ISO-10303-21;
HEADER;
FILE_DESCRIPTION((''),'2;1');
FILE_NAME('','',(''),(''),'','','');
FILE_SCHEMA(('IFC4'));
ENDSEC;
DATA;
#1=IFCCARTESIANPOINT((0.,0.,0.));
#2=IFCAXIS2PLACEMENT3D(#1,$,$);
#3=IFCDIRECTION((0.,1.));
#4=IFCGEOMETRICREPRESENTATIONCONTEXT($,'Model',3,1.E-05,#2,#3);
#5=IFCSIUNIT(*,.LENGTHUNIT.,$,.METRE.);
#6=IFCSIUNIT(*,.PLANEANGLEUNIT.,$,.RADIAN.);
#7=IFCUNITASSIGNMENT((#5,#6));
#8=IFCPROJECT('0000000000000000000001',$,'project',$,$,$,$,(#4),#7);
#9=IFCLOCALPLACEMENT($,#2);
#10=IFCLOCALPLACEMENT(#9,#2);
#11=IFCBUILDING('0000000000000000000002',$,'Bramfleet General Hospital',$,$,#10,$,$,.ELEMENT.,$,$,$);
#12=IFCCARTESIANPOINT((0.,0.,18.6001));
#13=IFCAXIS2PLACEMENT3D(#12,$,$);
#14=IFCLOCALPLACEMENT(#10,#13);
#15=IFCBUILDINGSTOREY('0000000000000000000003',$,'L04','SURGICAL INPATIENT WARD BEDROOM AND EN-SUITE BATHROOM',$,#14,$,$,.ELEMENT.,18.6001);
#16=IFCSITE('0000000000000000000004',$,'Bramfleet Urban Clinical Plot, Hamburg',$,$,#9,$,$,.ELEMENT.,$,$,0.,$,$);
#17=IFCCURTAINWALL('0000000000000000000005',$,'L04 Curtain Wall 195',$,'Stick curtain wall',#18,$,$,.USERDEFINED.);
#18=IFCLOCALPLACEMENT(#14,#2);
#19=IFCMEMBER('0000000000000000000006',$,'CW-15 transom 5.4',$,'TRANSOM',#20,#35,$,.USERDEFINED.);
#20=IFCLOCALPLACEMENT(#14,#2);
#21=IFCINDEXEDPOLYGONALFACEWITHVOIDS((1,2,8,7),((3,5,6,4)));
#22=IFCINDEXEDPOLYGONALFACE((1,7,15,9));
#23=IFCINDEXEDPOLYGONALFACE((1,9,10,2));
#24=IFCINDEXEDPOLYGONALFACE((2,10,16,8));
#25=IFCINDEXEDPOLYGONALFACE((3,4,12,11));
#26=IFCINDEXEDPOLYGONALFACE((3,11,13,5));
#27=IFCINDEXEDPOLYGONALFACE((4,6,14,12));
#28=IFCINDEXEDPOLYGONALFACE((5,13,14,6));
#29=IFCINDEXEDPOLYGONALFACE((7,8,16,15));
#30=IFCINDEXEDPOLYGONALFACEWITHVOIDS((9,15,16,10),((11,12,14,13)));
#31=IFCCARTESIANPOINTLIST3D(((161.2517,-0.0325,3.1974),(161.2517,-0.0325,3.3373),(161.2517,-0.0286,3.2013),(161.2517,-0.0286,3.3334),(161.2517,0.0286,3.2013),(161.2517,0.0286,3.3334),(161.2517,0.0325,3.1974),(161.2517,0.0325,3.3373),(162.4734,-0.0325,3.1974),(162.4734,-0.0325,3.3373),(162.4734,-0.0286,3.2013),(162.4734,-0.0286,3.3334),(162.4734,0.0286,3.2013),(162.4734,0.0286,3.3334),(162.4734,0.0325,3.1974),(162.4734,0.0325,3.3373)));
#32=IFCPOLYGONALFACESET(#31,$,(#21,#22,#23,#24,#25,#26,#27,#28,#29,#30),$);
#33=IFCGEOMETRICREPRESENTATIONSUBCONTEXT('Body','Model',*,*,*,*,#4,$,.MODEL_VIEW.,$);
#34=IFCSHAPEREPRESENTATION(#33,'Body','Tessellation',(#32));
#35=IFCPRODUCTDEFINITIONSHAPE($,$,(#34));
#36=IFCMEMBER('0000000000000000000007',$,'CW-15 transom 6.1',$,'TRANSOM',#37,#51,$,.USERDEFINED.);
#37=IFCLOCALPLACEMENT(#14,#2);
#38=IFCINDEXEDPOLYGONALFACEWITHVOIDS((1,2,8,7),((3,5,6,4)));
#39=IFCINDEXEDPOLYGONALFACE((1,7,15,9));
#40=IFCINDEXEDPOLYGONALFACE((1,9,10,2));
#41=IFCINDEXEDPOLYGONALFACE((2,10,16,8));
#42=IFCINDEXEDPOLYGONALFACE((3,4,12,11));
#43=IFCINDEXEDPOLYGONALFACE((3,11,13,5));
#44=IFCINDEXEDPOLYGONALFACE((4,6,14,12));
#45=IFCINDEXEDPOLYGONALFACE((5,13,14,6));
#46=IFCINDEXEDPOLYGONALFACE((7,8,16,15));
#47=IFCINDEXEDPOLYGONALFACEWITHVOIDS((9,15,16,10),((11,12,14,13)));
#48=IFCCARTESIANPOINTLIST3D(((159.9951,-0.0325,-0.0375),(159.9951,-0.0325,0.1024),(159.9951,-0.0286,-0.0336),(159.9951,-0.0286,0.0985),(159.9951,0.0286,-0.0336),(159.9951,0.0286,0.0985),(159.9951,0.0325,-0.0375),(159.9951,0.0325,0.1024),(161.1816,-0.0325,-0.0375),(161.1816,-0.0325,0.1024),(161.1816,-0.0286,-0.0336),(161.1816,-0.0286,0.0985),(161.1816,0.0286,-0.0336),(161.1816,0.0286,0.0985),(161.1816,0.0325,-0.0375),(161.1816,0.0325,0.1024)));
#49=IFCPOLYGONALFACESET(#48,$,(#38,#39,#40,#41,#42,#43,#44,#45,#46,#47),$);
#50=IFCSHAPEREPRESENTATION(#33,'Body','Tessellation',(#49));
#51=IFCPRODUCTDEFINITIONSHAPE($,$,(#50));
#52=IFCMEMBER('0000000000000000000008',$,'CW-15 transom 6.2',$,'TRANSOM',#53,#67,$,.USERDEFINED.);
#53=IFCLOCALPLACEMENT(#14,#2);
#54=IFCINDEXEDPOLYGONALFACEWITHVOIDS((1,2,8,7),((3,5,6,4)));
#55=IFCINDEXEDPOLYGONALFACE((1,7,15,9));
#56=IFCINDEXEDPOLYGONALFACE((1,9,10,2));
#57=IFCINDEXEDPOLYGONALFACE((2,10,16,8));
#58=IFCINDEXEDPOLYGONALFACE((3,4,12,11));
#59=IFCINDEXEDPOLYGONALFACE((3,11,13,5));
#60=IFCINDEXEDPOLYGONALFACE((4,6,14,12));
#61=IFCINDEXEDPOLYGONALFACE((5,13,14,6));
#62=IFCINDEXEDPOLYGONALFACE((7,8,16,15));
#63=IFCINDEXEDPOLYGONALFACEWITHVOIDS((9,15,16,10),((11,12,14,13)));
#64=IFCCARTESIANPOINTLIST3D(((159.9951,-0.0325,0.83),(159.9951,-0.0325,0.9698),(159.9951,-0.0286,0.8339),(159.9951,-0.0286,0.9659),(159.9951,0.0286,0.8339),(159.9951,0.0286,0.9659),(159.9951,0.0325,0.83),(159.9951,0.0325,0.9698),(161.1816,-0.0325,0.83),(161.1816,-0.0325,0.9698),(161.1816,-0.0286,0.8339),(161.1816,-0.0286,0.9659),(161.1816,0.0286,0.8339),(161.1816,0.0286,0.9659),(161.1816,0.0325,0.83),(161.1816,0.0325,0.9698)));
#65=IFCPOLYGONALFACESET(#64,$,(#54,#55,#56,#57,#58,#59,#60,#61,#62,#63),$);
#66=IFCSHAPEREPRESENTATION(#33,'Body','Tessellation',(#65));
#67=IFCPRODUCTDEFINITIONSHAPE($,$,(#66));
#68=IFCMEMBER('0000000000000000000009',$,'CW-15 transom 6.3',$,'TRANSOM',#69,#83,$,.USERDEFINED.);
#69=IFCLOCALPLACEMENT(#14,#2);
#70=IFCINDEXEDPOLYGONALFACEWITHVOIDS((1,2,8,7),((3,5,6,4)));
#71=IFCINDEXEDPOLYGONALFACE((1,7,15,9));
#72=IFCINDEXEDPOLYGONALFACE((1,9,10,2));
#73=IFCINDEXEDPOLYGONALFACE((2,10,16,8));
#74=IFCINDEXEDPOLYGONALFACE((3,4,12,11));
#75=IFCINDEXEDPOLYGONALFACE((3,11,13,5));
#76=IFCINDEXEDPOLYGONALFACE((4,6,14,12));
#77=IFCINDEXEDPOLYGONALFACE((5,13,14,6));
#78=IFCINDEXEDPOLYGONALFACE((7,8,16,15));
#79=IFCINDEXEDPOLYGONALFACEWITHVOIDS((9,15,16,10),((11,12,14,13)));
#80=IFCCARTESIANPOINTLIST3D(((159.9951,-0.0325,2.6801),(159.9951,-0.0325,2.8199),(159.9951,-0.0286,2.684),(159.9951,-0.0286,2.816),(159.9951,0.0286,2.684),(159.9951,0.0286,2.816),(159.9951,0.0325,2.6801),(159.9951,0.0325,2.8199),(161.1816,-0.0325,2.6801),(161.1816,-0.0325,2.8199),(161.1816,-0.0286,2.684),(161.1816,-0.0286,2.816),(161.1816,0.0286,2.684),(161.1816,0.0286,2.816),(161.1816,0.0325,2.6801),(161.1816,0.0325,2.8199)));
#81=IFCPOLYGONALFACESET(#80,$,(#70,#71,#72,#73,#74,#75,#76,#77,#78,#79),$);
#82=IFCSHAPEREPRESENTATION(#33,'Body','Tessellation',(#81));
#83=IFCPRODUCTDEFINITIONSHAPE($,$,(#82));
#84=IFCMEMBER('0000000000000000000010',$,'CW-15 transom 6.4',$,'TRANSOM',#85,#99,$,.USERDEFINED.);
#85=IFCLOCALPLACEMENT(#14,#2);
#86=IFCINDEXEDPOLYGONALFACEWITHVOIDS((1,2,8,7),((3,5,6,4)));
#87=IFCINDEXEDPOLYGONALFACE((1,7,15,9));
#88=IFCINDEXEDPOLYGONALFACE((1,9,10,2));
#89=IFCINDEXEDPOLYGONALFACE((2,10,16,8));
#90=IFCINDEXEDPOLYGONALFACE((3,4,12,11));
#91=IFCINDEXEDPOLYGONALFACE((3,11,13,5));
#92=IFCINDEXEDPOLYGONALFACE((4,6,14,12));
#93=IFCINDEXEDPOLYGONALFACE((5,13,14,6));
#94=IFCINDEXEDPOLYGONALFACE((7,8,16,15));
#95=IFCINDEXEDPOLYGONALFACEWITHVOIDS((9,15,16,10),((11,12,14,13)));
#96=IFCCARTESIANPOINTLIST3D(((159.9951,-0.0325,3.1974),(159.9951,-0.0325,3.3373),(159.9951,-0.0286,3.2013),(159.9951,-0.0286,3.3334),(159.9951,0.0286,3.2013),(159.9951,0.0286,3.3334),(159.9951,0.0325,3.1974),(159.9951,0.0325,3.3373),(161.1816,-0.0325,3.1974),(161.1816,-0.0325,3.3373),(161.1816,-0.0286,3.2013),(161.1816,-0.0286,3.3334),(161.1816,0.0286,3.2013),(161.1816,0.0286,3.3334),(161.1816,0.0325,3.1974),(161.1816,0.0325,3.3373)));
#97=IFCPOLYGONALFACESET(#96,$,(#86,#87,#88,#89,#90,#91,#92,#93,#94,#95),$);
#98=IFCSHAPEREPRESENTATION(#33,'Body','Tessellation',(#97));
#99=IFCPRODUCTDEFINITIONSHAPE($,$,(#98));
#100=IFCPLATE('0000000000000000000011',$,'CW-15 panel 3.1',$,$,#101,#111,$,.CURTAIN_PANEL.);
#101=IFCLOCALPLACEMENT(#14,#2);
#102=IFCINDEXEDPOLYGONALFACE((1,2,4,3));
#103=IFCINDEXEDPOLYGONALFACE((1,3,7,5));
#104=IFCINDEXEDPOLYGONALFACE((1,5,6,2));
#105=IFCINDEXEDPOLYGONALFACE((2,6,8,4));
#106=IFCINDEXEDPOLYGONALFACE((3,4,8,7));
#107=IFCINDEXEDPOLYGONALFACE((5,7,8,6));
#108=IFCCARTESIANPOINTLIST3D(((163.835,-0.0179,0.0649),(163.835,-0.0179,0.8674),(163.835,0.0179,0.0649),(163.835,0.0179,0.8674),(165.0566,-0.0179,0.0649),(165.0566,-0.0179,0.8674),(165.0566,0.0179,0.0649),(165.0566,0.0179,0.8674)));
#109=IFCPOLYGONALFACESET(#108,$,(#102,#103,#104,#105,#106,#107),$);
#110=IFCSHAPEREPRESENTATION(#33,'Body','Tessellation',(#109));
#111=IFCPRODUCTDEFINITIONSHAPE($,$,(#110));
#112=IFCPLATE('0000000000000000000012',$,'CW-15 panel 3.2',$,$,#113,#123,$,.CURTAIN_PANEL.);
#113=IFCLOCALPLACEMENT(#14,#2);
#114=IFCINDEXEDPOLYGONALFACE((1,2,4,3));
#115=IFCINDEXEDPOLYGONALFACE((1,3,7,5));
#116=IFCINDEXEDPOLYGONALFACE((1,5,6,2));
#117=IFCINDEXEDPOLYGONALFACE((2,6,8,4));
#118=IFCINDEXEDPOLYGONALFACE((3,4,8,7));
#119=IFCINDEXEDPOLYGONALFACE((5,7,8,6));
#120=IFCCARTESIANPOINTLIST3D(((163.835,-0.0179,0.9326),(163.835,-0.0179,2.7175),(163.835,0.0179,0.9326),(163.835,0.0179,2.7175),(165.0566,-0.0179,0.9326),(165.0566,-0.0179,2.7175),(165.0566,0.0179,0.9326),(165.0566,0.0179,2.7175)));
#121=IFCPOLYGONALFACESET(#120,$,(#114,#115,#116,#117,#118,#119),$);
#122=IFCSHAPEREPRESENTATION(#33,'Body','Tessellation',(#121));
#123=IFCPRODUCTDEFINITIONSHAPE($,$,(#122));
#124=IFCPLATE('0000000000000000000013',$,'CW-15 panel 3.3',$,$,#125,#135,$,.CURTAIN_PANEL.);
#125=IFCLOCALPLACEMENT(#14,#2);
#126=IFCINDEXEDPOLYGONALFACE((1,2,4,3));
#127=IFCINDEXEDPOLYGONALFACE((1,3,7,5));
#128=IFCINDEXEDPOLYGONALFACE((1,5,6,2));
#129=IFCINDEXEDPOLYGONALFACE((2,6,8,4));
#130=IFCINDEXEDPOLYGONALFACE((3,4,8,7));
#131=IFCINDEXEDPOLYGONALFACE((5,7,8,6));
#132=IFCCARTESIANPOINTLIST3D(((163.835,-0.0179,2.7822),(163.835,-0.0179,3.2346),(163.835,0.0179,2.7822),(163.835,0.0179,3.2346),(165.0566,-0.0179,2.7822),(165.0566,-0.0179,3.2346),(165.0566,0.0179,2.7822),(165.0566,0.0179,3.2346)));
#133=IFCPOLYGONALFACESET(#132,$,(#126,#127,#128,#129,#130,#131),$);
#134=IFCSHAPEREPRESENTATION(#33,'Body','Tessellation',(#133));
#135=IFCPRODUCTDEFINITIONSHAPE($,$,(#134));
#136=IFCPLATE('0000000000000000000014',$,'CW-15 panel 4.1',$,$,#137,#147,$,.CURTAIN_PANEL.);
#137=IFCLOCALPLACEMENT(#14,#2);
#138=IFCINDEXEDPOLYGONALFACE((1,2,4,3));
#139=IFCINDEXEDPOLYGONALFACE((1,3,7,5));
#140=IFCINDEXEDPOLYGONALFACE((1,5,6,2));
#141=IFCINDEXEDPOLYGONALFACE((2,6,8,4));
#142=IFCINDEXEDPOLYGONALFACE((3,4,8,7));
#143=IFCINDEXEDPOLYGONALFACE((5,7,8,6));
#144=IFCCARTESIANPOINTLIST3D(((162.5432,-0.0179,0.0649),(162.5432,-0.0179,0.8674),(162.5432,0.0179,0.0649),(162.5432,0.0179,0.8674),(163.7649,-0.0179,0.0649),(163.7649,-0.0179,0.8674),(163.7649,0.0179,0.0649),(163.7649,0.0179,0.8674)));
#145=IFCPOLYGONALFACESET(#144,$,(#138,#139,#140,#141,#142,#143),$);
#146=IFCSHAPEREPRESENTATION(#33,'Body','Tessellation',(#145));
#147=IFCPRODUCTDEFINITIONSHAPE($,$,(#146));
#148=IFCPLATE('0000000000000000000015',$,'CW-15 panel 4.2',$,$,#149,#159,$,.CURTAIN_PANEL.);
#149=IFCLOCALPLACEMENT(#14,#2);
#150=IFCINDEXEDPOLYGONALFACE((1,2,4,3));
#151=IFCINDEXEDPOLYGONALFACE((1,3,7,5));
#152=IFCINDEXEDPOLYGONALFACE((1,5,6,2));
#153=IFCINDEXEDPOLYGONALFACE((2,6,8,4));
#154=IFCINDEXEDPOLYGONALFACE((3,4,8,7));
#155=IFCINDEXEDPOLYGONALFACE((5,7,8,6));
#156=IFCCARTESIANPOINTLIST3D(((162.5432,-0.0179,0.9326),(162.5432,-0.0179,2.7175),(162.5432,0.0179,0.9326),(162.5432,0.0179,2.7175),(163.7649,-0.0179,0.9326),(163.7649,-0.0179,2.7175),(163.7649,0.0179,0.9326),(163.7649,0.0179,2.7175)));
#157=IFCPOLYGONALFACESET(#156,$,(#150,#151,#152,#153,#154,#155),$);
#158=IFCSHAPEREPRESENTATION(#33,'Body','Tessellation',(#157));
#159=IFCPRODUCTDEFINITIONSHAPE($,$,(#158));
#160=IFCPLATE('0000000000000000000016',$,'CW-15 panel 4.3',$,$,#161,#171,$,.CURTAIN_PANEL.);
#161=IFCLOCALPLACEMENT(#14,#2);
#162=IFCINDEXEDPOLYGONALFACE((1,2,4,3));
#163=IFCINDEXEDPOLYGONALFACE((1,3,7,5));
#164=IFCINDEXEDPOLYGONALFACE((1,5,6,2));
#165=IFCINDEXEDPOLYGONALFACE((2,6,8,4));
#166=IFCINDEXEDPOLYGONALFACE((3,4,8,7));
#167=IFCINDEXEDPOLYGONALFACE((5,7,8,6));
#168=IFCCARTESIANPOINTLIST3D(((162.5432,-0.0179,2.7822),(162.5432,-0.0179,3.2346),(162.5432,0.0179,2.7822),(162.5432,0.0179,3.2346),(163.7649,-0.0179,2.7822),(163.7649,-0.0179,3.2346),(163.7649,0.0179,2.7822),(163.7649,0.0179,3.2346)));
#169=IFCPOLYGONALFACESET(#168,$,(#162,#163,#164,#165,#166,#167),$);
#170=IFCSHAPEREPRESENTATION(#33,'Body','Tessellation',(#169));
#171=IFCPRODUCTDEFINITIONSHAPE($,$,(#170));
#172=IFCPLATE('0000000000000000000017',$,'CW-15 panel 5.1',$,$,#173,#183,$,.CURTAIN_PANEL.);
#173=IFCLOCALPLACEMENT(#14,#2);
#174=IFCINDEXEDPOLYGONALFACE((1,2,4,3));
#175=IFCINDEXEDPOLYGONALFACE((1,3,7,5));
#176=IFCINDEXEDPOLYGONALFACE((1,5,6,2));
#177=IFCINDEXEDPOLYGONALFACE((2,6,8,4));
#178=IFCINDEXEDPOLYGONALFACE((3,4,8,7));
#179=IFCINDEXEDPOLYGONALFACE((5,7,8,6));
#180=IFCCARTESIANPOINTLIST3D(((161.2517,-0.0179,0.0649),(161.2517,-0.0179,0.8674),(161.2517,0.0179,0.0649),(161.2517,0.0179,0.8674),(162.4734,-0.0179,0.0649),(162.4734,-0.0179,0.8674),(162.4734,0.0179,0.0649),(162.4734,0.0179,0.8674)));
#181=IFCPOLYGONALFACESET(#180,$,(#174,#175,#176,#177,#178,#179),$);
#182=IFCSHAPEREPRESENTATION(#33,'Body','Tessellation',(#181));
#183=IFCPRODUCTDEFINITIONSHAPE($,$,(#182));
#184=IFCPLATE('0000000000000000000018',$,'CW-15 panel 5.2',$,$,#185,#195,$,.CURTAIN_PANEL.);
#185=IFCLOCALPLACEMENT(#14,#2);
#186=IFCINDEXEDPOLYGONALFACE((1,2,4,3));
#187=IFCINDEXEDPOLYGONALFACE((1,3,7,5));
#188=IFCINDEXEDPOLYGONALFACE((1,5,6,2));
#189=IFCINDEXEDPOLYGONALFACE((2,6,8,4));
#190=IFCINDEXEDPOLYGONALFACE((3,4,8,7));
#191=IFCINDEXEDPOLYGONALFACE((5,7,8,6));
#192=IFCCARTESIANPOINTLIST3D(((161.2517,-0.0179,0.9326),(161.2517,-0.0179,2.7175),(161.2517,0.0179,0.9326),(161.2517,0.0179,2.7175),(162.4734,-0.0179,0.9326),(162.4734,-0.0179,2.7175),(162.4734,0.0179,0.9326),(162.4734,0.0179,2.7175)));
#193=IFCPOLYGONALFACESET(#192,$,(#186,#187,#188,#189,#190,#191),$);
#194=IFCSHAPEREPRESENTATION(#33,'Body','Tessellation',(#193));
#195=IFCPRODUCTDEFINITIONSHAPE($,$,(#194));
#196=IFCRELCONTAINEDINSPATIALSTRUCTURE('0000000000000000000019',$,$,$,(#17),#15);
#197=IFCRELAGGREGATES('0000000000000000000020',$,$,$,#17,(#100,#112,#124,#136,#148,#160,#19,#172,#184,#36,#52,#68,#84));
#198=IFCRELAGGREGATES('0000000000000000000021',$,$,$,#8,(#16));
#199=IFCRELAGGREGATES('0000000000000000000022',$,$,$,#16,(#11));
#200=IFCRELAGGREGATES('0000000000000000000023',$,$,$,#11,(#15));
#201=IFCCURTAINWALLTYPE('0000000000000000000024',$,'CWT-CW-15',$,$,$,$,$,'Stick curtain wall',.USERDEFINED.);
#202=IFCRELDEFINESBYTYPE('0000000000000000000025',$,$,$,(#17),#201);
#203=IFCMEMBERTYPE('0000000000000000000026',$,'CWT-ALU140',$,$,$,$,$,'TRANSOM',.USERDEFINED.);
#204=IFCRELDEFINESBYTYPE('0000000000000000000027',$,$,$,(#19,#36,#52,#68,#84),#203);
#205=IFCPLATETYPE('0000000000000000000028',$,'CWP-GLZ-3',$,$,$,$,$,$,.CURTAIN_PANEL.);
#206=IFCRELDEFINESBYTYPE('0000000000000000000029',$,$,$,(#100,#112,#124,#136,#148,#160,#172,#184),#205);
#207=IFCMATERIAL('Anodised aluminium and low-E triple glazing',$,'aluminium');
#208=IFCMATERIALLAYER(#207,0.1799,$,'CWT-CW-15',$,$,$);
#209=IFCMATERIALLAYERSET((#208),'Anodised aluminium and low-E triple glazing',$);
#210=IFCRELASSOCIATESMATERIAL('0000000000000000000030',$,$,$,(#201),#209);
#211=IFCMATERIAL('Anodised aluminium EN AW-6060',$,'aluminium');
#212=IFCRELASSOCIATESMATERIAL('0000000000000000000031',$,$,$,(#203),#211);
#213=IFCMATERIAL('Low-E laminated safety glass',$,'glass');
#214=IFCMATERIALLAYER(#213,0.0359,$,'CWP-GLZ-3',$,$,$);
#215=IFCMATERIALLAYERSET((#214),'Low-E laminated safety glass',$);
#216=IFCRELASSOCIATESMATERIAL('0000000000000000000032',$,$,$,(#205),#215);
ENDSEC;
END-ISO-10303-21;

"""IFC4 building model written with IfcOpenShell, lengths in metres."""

from ifc_helpers import new_model, si_unit, direction, frame, origin, origin_2d, place, context, subcontext, project, spatial, rectangle, hollow_rectangle, extrude, material, layer, layer_set, material_profile, profile_set, type_object, element, aggregate, save


model = new_model("IFC4")

# Units and contexts
model_context = context("Model", 3, precision=1e-05, world=origin(), true_north=direction((0.0, 1.0)))
body_context = subcontext(model_context, "Body", "Model", "MODEL_VIEW")
ifc_project = project(units=[si_unit("LENGTHUNIT", "METRE"), si_unit("PLANEANGLEUNIT", "RADIAN")], contexts=[model_context])

# Site, building, storey
site_placement = place(None, origin())
site = spatial("IfcSite", under=ifc_project, at=site_placement, Name="Bramfleet Urban Clinical Plot, Hamburg", CompositionType="ELEMENT", RefElevation=0.0)
building_placement = place(site_placement, origin())
building = spatial("IfcBuilding", under=site, at=building_placement, Name="Bramfleet General Hospital", CompositionType="ELEMENT")
storey_placement = place(building_placement, frame((0.0, 0.0, 18.6001)))
storey = spatial("IfcBuildingStorey", under=building, at=storey_placement, Name="L04", Description="SURGICAL INPATIENT WARD BEDROOM AND EN-SUITE BATHROOM", CompositionType="ELEMENT", Elevation=18.6001)

# Curtain wall, members, plates
ifc_material_1 = material(Name="Anodised aluminium and low-E triple glazing", Category="aluminium")
ifc_layer_1 = layer(ifc_material_1, 0.1799, Name="CWT-CW-15")
ifc_layer_set_1 = layer_set([ifc_layer_1], Name="Anodised aluminium and low-E triple glazing")
curtain_wall_type = type_object("IfcCurtainWallType", Name="CWT-CW-15", ElementType="Stick curtain wall", PredefinedType="USERDEFINED", material=ifc_layer_set_1)
curtain_wall_placement = place(storey_placement, origin())
curtain_wall = element("IfcCurtainWall", 1, at=curtain_wall_placement, inside=storey, type_object=curtain_wall_type, Name="L04 Curtain Wall 195", ObjectType="Stick curtain wall", PredefinedType="USERDEFINED")
ifc_material_2 = material(Name="Anodised aluminium EN AW-6060", Category="aluminium")
ifc_material_profile_1 = material_profile(ifc_material_2, hollow_rectangle(XDim=0.0649, YDim=0.1399, WallThickness=0.0039, at=origin_2d()), Name="ALU 140x65x4.0")
ifc_profile_set_1 = profile_set([ifc_material_profile_1], Name="Anodised aluminium EN AW-6060")
member_type_1 = type_object("IfcMemberType", Name="CWT-ALU140", ElementType="TRANSOM", PredefinedType="USERDEFINED", material=ifc_profile_set_1)
member_1_placement = place(storey_placement, frame((162.4734, 0.0, 3.2673), z_axis=(-1.0, 0.0, 0.0), x_axis=(0.0, -1.0, 0.0)))
member_1 = element("IfcMember", 2, at=member_1_placement, type_object=member_type_1, Name="CW-15 transom 5.4", ObjectType="TRANSOM", PredefinedType="USERDEFINED", context=body_context, shape_type="SweptSolid", body=[
    extrude(hollow_rectangle(XDim=0.0649, YDim=0.1399, WallThickness=0.0039, at=origin_2d()), origin(), (0.0, 0.0, 1.0), 1.2217),
])
member_2_placement = place(storey_placement, frame((161.1816, 0.0, 0.0325), z_axis=(-1.0, 0.0, 0.0), x_axis=(0.0, -1.0, 0.0)))
member_2 = element("IfcMember", 3, at=member_2_placement, type_object=member_type_1, Name="CW-15 transom 6.1", ObjectType="TRANSOM", PredefinedType="USERDEFINED", context=body_context, shape_type="SweptSolid", body=[
    extrude(hollow_rectangle(XDim=0.0649, YDim=0.1399, WallThickness=0.0039, at=origin_2d()), origin(), (0.0, 0.0, 1.0), 1.1865),
])
member_3_placement = place(storey_placement, frame((161.1816, 0.0, 0.8999), z_axis=(-1.0, 0.0, 0.0), x_axis=(0.0, -1.0, 0.0)))
member_3 = element("IfcMember", 4, at=member_3_placement, type_object=member_type_1, Name="CW-15 transom 6.2", ObjectType="TRANSOM", PredefinedType="USERDEFINED", context=body_context, shape_type="SweptSolid", body=[
    extrude(hollow_rectangle(XDim=0.0649, YDim=0.1399, WallThickness=0.0039, at=origin_2d()), origin(), (0.0, 0.0, 1.0), 1.1865),
])
member_4_placement = place(storey_placement, frame((161.1816, 0.0, 2.75), z_axis=(-1.0, 0.0, 0.0), x_axis=(0.0, -1.0, 0.0)))
member_4 = element("IfcMember", 5, at=member_4_placement, type_object=member_type_1, Name="CW-15 transom 6.3", ObjectType="TRANSOM", PredefinedType="USERDEFINED", context=body_context, shape_type="SweptSolid", body=[
    extrude(hollow_rectangle(XDim=0.0649, YDim=0.1399, WallThickness=0.0039, at=origin_2d()), origin(), (0.0, 0.0, 1.0), 1.1865),
])
member_5_placement = place(storey_placement, frame((161.1816, 0.0, 3.2673), z_axis=(-1.0, 0.0, 0.0), x_axis=(0.0, -1.0, 0.0)))
member_5 = element("IfcMember", 6, at=member_5_placement, type_object=member_type_1, Name="CW-15 transom 6.4", ObjectType="TRANSOM", PredefinedType="USERDEFINED", context=body_context, shape_type="SweptSolid", body=[
    extrude(hollow_rectangle(XDim=0.0649, YDim=0.1399, WallThickness=0.0039, at=origin_2d()), origin(), (0.0, 0.0, 1.0), 1.1865),
])
ifc_material_3 = material(Name="Low-E laminated safety glass", Category="glass")
ifc_layer_2 = layer(ifc_material_3, 0.0359, Name="CWP-GLZ-3")
ifc_layer_set_2 = layer_set([ifc_layer_2], Name="Low-E laminated safety glass")
plate_type = type_object("IfcPlateType", Name="CWP-GLZ-3", PredefinedType="CURTAIN_PANEL", material=ifc_layer_set_2)
plate_1_placement = place(storey_placement, frame((164.4458, 0.0, 0.0649), z_axis=(0.0, 0.0, 1.0), x_axis=(-1.0, 0.0, 0.0)))
plate_1 = element("IfcPlate", 7, at=plate_1_placement, type_object=plate_type, Name="CW-15 panel 3.1", PredefinedType="CURTAIN_PANEL", context=body_context, shape_type="SweptSolid", body=[
    extrude(rectangle(XDim=1.2217, YDim=0.0359, at=origin_2d()), origin(), (0.0, 0.0, 1.0), 0.8025),
])
plate_2_placement = place(storey_placement, frame((164.4458, 0.0, 0.9326), z_axis=(0.0, 0.0, 1.0), x_axis=(-1.0, 0.0, 0.0)))
plate_2 = element("IfcPlate", 8, at=plate_2_placement, type_object=plate_type, Name="CW-15 panel 3.2", PredefinedType="CURTAIN_PANEL", context=body_context, shape_type="SweptSolid", body=[
    extrude(rectangle(XDim=1.2217, YDim=0.0359, at=origin_2d()), origin(), (0.0, 0.0, 1.0), 1.7849),
])
plate_3_placement = place(storey_placement, frame((164.4458, 0.0, 2.7822), z_axis=(0.0, 0.0, 1.0), x_axis=(-1.0, 0.0, 0.0)))
plate_3 = element("IfcPlate", 9, at=plate_3_placement, type_object=plate_type, Name="CW-15 panel 3.3", PredefinedType="CURTAIN_PANEL", context=body_context, shape_type="SweptSolid", body=[
    extrude(rectangle(XDim=1.2217, YDim=0.0359, at=origin_2d()), origin(), (0.0, 0.0, 1.0), 0.4524),
])
plate_4_placement = place(storey_placement, frame((163.1541, 0.0, 0.0649), z_axis=(0.0, 0.0, 1.0), x_axis=(-1.0, 0.0, 0.0)))
plate_4 = element("IfcPlate", 10, at=plate_4_placement, type_object=plate_type, Name="CW-15 panel 4.1", PredefinedType="CURTAIN_PANEL", context=body_context, shape_type="SweptSolid", body=[
    extrude(rectangle(XDim=1.2217, YDim=0.0359, at=origin_2d()), origin(), (0.0, 0.0, 1.0), 0.8025),
])
plate_5_placement = place(storey_placement, frame((163.1541, 0.0, 0.9326), z_axis=(0.0, 0.0, 1.0), x_axis=(-1.0, 0.0, 0.0)))
plate_5 = element("IfcPlate", 11, at=plate_5_placement, type_object=plate_type, Name="CW-15 panel 4.2", PredefinedType="CURTAIN_PANEL", context=body_context, shape_type="SweptSolid", body=[
    extrude(rectangle(XDim=1.2217, YDim=0.0359, at=origin_2d()), origin(), (0.0, 0.0, 1.0), 1.7849),
])
plate_6_placement = place(storey_placement, frame((163.1541, 0.0, 2.7822), z_axis=(0.0, 0.0, 1.0), x_axis=(-1.0, 0.0, 0.0)))
plate_6 = element("IfcPlate", 12, at=plate_6_placement, type_object=plate_type, Name="CW-15 panel 4.3", PredefinedType="CURTAIN_PANEL", context=body_context, shape_type="SweptSolid", body=[
    extrude(rectangle(XDim=1.2217, YDim=0.0359, at=origin_2d()), origin(), (0.0, 0.0, 1.0), 0.4524),
])
plate_7_placement = place(storey_placement, frame((161.8625, 0.0, 0.0649), z_axis=(0.0, 0.0, 1.0), x_axis=(-1.0, 0.0, 0.0)))
plate_7 = element("IfcPlate", 13, at=plate_7_placement, type_object=plate_type, Name="CW-15 panel 5.1", PredefinedType="CURTAIN_PANEL", context=body_context, shape_type="SweptSolid", body=[
    extrude(rectangle(XDim=1.2217, YDim=0.0359, at=origin_2d()), origin(), (0.0, 0.0, 1.0), 0.8025),
])
plate_8_placement = place(storey_placement, frame((161.8625, 0.0, 0.9326), z_axis=(0.0, 0.0, 1.0), x_axis=(-1.0, 0.0, 0.0)))
plate_8 = element("IfcPlate", 14, at=plate_8_placement, type_object=plate_type, Name="CW-15 panel 5.2", PredefinedType="CURTAIN_PANEL", context=body_context, shape_type="SweptSolid", body=[
    extrude(rectangle(XDim=1.2217, YDim=0.0359, at=origin_2d()), origin(), (0.0, 0.0, 1.0), 1.7849),
])
aggregate(curtain_wall, [plate_1, plate_2, plate_3, plate_4, plate_5, plate_6, member_1, plate_7, plate_8, member_2, member_3, member_4, member_5])

save(model, "model.ifc")
